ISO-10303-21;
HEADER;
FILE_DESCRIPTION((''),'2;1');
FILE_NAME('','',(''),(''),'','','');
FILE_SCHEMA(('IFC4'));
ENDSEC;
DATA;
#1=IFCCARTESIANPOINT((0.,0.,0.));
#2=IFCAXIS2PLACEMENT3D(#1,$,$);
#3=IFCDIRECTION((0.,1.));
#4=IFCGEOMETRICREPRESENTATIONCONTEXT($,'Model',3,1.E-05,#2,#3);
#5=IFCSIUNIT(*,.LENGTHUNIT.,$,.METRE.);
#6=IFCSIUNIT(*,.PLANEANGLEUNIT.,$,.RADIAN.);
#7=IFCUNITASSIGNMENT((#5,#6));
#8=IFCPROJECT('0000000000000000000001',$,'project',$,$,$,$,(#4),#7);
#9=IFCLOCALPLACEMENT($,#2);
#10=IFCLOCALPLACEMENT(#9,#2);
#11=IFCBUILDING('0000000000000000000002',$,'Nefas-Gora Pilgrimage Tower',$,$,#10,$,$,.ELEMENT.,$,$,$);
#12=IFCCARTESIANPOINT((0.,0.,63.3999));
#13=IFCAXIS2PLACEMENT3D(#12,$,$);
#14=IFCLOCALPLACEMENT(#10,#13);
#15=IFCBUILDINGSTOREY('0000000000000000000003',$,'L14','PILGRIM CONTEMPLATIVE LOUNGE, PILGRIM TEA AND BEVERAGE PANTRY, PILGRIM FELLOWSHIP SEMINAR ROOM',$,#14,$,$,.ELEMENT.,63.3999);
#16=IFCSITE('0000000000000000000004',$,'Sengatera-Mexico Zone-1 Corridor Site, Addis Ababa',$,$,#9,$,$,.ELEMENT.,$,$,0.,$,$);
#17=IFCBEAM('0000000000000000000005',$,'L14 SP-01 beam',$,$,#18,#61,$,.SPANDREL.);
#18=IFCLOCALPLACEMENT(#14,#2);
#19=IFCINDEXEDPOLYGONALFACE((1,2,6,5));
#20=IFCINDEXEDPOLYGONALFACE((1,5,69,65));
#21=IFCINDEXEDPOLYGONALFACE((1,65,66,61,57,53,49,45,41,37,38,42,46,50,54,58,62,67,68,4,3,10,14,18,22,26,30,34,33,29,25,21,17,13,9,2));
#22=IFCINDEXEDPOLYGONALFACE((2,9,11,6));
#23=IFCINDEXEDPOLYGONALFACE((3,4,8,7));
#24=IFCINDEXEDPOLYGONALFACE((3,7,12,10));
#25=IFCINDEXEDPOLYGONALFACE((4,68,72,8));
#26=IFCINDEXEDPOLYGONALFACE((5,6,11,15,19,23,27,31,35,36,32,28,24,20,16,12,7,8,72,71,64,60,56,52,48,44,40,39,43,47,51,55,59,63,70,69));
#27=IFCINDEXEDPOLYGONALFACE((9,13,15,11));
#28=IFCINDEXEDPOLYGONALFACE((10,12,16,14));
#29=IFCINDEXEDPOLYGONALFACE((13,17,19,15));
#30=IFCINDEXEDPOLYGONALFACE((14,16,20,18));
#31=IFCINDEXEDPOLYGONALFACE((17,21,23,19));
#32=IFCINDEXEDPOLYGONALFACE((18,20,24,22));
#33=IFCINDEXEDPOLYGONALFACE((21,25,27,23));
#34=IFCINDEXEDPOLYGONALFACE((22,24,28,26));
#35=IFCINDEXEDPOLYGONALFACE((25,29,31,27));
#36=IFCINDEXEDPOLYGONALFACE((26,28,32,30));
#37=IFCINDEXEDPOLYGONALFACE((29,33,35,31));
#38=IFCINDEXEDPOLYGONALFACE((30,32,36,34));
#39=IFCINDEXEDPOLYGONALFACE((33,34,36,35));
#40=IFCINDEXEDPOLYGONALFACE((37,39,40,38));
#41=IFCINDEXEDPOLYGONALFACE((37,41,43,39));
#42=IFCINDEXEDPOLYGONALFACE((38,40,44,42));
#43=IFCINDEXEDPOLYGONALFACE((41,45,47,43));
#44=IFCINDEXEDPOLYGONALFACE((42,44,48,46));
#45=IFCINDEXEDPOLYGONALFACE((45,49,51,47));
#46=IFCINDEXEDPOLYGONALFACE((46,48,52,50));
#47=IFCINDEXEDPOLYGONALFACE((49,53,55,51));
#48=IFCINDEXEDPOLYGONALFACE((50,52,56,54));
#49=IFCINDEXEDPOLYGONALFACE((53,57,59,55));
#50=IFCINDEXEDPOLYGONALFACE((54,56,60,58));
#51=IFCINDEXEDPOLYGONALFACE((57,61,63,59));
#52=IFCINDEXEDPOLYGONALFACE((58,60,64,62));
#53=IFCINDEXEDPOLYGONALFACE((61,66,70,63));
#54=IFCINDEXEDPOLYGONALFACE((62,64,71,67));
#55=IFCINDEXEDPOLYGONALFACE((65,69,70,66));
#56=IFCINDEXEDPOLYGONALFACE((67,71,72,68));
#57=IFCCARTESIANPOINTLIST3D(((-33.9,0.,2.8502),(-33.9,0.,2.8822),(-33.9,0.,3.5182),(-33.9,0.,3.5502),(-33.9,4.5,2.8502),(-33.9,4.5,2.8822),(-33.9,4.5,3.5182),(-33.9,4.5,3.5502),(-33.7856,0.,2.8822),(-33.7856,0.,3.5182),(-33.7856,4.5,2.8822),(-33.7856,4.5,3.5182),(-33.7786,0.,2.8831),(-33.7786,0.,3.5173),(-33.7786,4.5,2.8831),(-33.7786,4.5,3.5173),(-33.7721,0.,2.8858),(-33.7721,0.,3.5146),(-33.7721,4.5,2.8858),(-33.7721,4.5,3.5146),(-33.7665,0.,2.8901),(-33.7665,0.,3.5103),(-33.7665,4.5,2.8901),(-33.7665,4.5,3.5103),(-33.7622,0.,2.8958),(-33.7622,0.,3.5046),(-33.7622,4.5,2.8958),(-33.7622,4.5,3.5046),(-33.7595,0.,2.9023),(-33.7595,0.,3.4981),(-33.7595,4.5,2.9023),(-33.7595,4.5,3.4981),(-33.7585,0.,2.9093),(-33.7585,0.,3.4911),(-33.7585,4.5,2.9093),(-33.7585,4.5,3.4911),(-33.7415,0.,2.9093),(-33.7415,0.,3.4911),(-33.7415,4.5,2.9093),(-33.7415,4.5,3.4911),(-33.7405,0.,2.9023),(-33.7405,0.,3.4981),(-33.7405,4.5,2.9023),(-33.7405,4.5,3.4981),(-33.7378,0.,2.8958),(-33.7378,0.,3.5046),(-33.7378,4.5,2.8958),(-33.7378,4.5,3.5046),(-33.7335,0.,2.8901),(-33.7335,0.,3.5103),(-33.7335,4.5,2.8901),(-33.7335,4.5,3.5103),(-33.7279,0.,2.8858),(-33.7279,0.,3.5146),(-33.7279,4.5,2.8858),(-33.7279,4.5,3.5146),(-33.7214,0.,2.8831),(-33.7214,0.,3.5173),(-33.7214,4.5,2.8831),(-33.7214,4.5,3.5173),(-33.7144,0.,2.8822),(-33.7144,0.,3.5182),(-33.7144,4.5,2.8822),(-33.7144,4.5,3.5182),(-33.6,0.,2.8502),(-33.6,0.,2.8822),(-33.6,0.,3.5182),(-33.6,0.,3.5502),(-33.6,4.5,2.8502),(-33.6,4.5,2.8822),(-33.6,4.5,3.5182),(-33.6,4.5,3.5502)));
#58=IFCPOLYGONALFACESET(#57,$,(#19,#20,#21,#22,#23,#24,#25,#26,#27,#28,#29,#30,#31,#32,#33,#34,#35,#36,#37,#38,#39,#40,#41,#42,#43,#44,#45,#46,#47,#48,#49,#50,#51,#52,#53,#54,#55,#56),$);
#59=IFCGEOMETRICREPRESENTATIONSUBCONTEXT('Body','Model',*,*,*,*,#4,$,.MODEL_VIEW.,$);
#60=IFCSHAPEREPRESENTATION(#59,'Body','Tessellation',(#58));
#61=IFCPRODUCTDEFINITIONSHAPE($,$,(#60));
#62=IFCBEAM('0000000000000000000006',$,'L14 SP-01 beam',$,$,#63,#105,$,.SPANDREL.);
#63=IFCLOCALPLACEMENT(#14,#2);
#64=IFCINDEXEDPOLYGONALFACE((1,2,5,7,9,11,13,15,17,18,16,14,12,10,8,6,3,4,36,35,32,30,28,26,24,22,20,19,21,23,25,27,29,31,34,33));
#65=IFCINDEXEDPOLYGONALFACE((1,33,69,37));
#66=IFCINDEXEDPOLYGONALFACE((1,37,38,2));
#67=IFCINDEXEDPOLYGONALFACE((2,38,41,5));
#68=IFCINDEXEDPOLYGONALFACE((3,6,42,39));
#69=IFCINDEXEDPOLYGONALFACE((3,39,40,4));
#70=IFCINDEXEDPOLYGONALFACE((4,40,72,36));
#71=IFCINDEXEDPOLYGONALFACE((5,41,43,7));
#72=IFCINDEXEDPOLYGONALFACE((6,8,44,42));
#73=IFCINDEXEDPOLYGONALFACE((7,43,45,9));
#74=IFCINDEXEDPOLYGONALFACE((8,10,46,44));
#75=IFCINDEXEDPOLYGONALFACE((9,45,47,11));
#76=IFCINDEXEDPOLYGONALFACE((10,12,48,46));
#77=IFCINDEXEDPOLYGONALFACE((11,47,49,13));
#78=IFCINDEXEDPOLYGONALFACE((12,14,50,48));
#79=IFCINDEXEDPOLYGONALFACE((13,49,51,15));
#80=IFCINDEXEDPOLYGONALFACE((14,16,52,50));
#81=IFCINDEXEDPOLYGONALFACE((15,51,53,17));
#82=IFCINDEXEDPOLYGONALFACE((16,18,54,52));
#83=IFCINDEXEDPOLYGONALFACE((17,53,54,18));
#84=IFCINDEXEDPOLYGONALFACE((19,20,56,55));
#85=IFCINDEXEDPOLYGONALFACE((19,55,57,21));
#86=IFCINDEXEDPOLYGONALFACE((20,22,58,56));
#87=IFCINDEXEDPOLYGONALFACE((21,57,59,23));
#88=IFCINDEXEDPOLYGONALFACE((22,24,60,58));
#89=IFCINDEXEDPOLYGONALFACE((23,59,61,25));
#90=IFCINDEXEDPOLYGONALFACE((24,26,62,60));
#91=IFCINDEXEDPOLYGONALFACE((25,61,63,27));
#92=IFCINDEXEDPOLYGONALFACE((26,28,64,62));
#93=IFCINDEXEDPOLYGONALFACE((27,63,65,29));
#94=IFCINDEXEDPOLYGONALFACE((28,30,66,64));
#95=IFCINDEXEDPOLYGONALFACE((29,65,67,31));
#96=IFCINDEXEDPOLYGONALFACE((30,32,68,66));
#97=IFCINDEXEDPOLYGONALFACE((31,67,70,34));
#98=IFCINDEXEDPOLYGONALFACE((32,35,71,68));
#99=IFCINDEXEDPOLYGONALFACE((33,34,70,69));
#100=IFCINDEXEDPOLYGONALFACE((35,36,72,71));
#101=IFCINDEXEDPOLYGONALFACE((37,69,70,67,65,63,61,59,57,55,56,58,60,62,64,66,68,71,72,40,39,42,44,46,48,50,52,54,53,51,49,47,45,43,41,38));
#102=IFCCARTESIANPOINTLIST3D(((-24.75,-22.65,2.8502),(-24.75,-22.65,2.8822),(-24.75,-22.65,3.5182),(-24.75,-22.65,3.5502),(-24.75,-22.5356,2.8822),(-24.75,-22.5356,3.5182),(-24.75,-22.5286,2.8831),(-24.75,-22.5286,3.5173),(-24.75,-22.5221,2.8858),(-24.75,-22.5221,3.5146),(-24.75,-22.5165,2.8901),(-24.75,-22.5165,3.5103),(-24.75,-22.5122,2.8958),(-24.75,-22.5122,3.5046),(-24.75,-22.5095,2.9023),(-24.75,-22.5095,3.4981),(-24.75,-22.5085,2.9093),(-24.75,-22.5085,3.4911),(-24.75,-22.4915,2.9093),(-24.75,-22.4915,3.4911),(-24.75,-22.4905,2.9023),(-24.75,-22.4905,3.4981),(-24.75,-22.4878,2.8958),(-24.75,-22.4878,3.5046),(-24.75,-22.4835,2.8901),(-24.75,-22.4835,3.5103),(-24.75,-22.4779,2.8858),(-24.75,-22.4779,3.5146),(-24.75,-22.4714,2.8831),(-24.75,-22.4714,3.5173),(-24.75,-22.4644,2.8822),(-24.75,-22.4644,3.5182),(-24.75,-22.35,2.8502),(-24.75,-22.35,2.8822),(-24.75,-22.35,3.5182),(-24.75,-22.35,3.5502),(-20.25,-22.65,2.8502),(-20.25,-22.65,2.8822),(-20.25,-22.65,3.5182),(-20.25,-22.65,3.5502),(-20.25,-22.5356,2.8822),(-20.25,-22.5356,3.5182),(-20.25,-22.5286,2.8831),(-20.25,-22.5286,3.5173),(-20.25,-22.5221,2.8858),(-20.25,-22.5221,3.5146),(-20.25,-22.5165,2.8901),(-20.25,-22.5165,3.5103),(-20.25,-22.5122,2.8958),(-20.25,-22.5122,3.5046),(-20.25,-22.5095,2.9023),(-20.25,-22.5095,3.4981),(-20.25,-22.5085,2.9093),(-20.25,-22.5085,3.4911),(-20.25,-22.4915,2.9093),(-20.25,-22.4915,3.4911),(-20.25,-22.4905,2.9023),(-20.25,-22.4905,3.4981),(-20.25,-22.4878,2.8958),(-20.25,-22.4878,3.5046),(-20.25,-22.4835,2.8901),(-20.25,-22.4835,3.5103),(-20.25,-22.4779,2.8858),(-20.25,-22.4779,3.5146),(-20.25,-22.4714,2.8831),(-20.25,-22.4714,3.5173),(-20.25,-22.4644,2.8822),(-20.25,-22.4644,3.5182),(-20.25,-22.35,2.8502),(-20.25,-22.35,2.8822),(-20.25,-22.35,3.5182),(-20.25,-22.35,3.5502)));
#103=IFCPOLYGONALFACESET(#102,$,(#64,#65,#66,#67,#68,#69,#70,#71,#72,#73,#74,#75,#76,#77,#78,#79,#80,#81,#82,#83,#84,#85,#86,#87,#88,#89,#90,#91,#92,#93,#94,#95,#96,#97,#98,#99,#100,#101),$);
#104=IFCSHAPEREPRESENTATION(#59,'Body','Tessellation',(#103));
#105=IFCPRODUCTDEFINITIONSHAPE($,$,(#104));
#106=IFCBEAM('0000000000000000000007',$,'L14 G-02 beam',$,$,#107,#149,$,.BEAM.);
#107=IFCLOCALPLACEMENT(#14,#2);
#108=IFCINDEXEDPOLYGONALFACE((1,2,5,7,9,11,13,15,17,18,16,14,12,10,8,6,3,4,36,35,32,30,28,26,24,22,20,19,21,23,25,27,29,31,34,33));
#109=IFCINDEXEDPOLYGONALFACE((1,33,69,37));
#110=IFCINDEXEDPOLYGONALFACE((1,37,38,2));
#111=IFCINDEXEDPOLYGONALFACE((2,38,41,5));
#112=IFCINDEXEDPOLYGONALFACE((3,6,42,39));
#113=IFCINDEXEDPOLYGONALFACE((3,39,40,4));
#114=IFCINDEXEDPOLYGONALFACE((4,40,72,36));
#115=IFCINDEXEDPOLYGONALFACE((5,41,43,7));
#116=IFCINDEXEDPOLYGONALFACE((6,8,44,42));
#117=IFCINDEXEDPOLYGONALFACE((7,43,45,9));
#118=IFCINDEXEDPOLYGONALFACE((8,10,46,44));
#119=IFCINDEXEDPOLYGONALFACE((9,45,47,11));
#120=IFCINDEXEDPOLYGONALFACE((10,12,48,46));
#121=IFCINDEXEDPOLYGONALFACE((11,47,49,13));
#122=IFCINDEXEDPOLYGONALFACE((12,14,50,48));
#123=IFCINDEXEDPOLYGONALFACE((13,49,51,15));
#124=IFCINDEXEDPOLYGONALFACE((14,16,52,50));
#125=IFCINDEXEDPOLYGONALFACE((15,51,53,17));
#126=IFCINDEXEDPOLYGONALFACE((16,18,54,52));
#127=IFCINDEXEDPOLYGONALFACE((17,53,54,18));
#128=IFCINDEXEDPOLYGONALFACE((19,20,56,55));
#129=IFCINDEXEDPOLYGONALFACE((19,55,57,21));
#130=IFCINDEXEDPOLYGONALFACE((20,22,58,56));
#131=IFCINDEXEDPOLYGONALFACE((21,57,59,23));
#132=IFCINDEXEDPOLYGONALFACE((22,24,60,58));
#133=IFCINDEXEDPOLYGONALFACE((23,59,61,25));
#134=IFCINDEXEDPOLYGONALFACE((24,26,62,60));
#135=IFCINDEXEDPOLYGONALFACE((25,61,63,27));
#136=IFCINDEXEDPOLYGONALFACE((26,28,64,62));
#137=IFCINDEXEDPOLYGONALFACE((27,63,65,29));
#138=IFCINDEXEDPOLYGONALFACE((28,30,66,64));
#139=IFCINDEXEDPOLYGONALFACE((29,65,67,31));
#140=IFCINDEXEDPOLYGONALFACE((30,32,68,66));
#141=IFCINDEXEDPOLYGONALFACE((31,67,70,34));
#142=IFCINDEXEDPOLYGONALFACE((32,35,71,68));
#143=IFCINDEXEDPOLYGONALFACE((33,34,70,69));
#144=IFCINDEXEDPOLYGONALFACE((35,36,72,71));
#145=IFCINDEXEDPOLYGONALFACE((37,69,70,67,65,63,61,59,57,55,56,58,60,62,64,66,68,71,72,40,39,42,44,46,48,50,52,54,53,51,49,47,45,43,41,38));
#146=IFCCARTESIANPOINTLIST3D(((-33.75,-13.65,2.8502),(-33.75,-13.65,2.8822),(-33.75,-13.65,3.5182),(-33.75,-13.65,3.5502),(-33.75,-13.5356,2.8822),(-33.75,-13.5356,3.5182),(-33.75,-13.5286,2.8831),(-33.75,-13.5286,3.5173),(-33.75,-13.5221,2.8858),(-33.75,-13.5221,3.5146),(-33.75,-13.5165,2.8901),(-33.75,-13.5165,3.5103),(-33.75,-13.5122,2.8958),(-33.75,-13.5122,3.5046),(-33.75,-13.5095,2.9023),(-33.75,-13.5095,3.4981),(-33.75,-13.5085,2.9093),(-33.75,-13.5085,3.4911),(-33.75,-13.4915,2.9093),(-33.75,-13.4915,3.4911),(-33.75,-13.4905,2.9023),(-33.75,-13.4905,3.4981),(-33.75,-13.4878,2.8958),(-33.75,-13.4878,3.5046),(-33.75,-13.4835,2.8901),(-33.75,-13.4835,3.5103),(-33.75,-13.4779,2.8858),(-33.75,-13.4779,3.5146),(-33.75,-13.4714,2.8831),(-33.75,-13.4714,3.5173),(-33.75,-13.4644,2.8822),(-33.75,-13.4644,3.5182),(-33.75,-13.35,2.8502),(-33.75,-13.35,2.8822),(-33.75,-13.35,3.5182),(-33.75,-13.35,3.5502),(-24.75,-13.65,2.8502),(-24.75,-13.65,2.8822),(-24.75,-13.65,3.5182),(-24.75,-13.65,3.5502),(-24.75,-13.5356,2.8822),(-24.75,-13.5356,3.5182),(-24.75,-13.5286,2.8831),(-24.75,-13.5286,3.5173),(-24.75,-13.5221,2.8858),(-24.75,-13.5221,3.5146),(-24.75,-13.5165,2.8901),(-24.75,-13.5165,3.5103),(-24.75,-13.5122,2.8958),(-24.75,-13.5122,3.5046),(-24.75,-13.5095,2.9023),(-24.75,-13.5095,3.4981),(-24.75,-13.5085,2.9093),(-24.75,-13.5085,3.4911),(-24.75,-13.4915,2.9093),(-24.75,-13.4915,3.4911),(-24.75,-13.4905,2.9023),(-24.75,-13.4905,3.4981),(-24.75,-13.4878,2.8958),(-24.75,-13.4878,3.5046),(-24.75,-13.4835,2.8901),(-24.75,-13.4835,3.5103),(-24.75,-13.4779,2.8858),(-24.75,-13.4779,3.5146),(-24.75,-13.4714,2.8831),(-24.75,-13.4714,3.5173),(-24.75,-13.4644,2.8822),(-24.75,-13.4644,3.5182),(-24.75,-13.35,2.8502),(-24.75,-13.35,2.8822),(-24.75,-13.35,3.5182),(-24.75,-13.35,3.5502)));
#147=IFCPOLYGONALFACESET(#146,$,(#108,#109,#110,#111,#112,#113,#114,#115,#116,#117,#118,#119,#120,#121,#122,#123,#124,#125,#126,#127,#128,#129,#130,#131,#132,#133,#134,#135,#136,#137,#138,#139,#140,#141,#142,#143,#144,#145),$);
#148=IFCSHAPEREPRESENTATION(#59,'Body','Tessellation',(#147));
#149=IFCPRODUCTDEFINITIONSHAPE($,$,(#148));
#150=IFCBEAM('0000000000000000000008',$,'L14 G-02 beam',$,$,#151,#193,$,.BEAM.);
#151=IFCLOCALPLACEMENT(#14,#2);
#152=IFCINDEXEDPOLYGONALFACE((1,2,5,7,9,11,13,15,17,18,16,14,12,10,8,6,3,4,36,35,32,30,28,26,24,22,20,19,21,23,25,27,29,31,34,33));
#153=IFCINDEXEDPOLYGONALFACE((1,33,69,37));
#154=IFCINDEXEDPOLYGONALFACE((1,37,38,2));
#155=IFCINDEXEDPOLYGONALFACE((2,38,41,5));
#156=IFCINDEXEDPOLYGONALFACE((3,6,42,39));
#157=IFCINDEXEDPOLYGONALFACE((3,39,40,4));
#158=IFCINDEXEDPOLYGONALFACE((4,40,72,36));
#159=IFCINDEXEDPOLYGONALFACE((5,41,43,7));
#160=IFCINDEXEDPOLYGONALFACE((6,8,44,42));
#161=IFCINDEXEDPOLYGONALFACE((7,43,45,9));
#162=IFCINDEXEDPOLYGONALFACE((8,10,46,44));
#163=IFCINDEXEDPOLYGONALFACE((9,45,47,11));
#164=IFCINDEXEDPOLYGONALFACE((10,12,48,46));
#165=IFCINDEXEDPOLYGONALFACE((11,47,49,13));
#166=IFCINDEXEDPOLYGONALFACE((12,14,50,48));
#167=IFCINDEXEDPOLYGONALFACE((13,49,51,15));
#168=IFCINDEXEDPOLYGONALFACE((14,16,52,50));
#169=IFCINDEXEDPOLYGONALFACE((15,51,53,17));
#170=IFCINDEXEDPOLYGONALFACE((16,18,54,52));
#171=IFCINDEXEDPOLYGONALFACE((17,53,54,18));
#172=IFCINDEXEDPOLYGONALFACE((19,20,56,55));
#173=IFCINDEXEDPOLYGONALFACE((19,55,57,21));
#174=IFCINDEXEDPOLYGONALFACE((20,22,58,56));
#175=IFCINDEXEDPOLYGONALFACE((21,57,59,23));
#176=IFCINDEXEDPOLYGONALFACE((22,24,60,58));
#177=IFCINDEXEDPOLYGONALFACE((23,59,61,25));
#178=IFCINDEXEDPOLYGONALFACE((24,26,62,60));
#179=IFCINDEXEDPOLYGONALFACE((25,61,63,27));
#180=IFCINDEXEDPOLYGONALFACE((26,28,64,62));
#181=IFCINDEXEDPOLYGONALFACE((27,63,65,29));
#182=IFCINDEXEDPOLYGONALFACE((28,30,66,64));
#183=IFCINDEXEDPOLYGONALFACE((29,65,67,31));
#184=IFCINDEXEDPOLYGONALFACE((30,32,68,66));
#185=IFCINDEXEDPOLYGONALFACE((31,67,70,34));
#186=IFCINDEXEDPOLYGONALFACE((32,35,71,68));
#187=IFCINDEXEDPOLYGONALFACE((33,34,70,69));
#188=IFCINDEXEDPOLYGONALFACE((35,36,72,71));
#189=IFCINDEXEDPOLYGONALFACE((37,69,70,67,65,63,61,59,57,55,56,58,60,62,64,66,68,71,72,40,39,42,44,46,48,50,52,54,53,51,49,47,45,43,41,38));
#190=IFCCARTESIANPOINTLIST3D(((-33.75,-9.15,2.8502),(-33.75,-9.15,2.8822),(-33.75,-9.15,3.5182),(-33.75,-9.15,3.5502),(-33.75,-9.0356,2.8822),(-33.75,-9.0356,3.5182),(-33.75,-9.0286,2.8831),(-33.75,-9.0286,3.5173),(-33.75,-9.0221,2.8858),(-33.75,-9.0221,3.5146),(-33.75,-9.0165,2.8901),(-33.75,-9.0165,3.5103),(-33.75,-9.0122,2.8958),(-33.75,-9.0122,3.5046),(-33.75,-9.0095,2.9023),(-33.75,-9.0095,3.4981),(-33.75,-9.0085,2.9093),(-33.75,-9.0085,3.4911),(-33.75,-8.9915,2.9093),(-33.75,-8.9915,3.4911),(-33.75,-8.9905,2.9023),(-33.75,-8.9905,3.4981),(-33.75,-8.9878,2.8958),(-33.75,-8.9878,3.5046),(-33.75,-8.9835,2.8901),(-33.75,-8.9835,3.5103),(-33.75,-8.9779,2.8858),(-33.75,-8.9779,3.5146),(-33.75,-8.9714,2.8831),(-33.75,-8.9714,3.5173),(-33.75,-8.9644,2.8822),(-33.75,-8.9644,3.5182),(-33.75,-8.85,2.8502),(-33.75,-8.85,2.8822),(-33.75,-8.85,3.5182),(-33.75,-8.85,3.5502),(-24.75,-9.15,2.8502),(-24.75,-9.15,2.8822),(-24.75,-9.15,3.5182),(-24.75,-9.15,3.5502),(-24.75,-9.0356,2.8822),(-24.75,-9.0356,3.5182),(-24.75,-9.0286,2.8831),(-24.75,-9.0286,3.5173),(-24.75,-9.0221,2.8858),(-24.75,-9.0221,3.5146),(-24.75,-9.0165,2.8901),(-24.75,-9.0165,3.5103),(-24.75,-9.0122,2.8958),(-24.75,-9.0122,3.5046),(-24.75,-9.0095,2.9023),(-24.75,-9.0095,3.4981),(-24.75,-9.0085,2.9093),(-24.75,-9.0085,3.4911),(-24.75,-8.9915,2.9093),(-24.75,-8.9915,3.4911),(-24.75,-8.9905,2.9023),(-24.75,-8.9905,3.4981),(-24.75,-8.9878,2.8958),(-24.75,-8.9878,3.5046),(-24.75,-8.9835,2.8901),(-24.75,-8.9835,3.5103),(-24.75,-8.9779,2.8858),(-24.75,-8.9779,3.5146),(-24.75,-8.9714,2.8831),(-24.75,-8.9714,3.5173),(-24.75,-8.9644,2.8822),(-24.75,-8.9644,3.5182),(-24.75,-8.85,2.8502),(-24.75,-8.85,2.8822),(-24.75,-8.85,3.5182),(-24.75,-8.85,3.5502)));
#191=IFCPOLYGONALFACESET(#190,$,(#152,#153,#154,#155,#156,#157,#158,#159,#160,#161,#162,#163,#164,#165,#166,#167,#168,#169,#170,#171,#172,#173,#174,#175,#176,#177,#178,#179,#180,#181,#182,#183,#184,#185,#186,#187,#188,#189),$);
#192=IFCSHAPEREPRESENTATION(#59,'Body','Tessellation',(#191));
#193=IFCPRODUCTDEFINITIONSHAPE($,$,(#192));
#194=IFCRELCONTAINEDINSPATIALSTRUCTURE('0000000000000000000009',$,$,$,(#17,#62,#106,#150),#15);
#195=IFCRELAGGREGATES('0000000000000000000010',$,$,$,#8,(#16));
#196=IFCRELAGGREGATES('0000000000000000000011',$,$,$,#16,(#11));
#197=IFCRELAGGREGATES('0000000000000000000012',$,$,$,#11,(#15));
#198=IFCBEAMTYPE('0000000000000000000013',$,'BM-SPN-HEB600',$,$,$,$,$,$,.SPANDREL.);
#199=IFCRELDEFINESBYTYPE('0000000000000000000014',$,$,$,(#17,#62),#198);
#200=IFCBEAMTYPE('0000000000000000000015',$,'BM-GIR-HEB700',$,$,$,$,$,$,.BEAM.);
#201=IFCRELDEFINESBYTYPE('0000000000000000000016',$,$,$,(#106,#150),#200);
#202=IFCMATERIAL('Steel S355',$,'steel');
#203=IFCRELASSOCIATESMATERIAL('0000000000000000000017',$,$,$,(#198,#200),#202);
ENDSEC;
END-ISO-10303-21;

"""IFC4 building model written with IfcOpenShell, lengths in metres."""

from ifc_helpers import new_model, si_unit, direction, frame, origin, origin_2d, place, context, subcontext, project, spatial, i_section, extrude, source, transform, mapped, material, material_profile, profile_set, type_object, element, save


model = new_model("IFC4")

# Units and contexts
model_context = context("Model", 3, precision=1e-05, world=origin(), true_north=direction((0.0, 1.0)))
body_context = subcontext(model_context, "Body", "Model", "MODEL_VIEW")
ifc_project = project(units=[si_unit("LENGTHUNIT", "METRE"), si_unit("PLANEANGLEUNIT", "RADIAN")], contexts=[model_context])

# Site, building, storey
site_placement = place(None, origin())
site = spatial("IfcSite", under=ifc_project, at=site_placement, Name="Sengatera-Mexico Zone-1 Corridor Site, Addis Ababa", CompositionType="ELEMENT", RefElevation=0.0)
building_placement = place(site_placement, origin())
building = spatial("IfcBuilding", under=site, at=building_placement, Name="Nefas-Gora Pilgrimage Tower", CompositionType="ELEMENT")
storey_placement = place(building_placement, frame((0.0, 0.0, 63.3999)))
storey = spatial("IfcBuildingStorey", under=building, at=storey_placement, Name="L14", Description="PILGRIM CONTEMPLATIVE LOUNGE, PILGRIM TEA AND BEVERAGE PANTRY, PILGRIM FELLOWSHIP SEMINAR ROOM", CompositionType="ELEMENT", Elevation=63.3999)

# Beams
ifc_material_1 = material(Name="Steel S355", Category="steel")
ifc_material_profile_1 = material_profile(ifc_material_1, i_section(OverallWidth=0.3, OverallDepth=0.7, WebThickness=0.0171, FlangeThickness=0.032, FilletRadius=0.0271, at=origin_2d()), Name="HEB 700")
ifc_profile_set_1 = profile_set([ifc_material_profile_1], Name="Steel S355")
beam_type_1 = type_object("IfcBeamType", Name="BM-SPN-HEB600", PredefinedType="SPANDREL", material=ifc_profile_set_1)
shared_shape_1 = source(origin(), body_context, "Body", "SweptSolid", [
    extrude(i_section(OverallWidth=0.3, OverallDepth=0.7, WebThickness=0.0171, FlangeThickness=0.032, FilletRadius=0.0271, at=origin_2d()), origin(), (0.0, 0.0, 1.0), 4.5),
])
for number, where, z_axis, x_axis, name in (
    (1, (-33.75, 0.0, 3.2002), (0.0, 1.0, 0.0), (-1.0, 0.0, 0.0), "L14 SP-01 beam"),
    (2, (-24.75, -22.5, 3.2002), (1.0, 0.0, 0.0), (0.0, 1.0, 0.0), "L14 SP-01 beam"),
):
    element("IfcBeam", number, at=place(storey_placement, frame(where, z_axis=z_axis, x_axis=x_axis)), inside=storey, type_object=beam_type_1, Name=name, PredefinedType="SPANDREL", context=body_context, shape_type="MappedRepresentation", body=[
        mapped(shared_shape_1, transform((0.0, 0.0, 0.0), x_axis=(1.0, 0.0, 0.0), y_axis=(0.0, 1.0, 0.0), z_axis=(0.0, 0.0, 1.0), scale=1.0)),
    ])
ifc_material_profile_2 = material_profile(ifc_material_1, i_section(OverallWidth=0.3, OverallDepth=0.7, WebThickness=0.0171, FlangeThickness=0.032, FilletRadius=0.0271, at=origin_2d()), Name="HEB 700")
ifc_profile_set_2 = profile_set([ifc_material_profile_2], Name="Steel S355")
beam_type_2 = type_object("IfcBeamType", Name="BM-GIR-HEB700", PredefinedType="BEAM", material=ifc_profile_set_2)
shared_shape_2 = source(origin(), body_context, "Body", "SweptSolid", [
    extrude(i_section(OverallWidth=0.3, OverallDepth=0.7, WebThickness=0.0171, FlangeThickness=0.032, FilletRadius=0.0271, at=origin_2d()), origin(), (0.0, 0.0, 1.0), 9.0),
])
for number, where, z_axis, x_axis, name in (
    (3, (-33.75, -13.5, 3.2002), (1.0, 0.0, 0.0), (0.0, 1.0, 0.0), "L14 G-02 beam"),
    (4, (-33.75, -9.0, 3.2002), (1.0, 0.0, 0.0), (0.0, 1.0, 0.0), "L14 G-02 beam"),
):
    element("IfcBeam", number, at=place(storey_placement, frame(where, z_axis=z_axis, x_axis=x_axis)), inside=storey, type_object=beam_type_2, Name=name, PredefinedType="BEAM", context=body_context, shape_type="MappedRepresentation", body=[
        mapped(shared_shape_2, transform((0.0, 0.0, 0.0), x_axis=(1.0, 0.0, 0.0), y_axis=(0.0, 1.0, 0.0), z_axis=(0.0, 0.0, 1.0), scale=1.0)),
    ])

save(model, "model.ifc")
